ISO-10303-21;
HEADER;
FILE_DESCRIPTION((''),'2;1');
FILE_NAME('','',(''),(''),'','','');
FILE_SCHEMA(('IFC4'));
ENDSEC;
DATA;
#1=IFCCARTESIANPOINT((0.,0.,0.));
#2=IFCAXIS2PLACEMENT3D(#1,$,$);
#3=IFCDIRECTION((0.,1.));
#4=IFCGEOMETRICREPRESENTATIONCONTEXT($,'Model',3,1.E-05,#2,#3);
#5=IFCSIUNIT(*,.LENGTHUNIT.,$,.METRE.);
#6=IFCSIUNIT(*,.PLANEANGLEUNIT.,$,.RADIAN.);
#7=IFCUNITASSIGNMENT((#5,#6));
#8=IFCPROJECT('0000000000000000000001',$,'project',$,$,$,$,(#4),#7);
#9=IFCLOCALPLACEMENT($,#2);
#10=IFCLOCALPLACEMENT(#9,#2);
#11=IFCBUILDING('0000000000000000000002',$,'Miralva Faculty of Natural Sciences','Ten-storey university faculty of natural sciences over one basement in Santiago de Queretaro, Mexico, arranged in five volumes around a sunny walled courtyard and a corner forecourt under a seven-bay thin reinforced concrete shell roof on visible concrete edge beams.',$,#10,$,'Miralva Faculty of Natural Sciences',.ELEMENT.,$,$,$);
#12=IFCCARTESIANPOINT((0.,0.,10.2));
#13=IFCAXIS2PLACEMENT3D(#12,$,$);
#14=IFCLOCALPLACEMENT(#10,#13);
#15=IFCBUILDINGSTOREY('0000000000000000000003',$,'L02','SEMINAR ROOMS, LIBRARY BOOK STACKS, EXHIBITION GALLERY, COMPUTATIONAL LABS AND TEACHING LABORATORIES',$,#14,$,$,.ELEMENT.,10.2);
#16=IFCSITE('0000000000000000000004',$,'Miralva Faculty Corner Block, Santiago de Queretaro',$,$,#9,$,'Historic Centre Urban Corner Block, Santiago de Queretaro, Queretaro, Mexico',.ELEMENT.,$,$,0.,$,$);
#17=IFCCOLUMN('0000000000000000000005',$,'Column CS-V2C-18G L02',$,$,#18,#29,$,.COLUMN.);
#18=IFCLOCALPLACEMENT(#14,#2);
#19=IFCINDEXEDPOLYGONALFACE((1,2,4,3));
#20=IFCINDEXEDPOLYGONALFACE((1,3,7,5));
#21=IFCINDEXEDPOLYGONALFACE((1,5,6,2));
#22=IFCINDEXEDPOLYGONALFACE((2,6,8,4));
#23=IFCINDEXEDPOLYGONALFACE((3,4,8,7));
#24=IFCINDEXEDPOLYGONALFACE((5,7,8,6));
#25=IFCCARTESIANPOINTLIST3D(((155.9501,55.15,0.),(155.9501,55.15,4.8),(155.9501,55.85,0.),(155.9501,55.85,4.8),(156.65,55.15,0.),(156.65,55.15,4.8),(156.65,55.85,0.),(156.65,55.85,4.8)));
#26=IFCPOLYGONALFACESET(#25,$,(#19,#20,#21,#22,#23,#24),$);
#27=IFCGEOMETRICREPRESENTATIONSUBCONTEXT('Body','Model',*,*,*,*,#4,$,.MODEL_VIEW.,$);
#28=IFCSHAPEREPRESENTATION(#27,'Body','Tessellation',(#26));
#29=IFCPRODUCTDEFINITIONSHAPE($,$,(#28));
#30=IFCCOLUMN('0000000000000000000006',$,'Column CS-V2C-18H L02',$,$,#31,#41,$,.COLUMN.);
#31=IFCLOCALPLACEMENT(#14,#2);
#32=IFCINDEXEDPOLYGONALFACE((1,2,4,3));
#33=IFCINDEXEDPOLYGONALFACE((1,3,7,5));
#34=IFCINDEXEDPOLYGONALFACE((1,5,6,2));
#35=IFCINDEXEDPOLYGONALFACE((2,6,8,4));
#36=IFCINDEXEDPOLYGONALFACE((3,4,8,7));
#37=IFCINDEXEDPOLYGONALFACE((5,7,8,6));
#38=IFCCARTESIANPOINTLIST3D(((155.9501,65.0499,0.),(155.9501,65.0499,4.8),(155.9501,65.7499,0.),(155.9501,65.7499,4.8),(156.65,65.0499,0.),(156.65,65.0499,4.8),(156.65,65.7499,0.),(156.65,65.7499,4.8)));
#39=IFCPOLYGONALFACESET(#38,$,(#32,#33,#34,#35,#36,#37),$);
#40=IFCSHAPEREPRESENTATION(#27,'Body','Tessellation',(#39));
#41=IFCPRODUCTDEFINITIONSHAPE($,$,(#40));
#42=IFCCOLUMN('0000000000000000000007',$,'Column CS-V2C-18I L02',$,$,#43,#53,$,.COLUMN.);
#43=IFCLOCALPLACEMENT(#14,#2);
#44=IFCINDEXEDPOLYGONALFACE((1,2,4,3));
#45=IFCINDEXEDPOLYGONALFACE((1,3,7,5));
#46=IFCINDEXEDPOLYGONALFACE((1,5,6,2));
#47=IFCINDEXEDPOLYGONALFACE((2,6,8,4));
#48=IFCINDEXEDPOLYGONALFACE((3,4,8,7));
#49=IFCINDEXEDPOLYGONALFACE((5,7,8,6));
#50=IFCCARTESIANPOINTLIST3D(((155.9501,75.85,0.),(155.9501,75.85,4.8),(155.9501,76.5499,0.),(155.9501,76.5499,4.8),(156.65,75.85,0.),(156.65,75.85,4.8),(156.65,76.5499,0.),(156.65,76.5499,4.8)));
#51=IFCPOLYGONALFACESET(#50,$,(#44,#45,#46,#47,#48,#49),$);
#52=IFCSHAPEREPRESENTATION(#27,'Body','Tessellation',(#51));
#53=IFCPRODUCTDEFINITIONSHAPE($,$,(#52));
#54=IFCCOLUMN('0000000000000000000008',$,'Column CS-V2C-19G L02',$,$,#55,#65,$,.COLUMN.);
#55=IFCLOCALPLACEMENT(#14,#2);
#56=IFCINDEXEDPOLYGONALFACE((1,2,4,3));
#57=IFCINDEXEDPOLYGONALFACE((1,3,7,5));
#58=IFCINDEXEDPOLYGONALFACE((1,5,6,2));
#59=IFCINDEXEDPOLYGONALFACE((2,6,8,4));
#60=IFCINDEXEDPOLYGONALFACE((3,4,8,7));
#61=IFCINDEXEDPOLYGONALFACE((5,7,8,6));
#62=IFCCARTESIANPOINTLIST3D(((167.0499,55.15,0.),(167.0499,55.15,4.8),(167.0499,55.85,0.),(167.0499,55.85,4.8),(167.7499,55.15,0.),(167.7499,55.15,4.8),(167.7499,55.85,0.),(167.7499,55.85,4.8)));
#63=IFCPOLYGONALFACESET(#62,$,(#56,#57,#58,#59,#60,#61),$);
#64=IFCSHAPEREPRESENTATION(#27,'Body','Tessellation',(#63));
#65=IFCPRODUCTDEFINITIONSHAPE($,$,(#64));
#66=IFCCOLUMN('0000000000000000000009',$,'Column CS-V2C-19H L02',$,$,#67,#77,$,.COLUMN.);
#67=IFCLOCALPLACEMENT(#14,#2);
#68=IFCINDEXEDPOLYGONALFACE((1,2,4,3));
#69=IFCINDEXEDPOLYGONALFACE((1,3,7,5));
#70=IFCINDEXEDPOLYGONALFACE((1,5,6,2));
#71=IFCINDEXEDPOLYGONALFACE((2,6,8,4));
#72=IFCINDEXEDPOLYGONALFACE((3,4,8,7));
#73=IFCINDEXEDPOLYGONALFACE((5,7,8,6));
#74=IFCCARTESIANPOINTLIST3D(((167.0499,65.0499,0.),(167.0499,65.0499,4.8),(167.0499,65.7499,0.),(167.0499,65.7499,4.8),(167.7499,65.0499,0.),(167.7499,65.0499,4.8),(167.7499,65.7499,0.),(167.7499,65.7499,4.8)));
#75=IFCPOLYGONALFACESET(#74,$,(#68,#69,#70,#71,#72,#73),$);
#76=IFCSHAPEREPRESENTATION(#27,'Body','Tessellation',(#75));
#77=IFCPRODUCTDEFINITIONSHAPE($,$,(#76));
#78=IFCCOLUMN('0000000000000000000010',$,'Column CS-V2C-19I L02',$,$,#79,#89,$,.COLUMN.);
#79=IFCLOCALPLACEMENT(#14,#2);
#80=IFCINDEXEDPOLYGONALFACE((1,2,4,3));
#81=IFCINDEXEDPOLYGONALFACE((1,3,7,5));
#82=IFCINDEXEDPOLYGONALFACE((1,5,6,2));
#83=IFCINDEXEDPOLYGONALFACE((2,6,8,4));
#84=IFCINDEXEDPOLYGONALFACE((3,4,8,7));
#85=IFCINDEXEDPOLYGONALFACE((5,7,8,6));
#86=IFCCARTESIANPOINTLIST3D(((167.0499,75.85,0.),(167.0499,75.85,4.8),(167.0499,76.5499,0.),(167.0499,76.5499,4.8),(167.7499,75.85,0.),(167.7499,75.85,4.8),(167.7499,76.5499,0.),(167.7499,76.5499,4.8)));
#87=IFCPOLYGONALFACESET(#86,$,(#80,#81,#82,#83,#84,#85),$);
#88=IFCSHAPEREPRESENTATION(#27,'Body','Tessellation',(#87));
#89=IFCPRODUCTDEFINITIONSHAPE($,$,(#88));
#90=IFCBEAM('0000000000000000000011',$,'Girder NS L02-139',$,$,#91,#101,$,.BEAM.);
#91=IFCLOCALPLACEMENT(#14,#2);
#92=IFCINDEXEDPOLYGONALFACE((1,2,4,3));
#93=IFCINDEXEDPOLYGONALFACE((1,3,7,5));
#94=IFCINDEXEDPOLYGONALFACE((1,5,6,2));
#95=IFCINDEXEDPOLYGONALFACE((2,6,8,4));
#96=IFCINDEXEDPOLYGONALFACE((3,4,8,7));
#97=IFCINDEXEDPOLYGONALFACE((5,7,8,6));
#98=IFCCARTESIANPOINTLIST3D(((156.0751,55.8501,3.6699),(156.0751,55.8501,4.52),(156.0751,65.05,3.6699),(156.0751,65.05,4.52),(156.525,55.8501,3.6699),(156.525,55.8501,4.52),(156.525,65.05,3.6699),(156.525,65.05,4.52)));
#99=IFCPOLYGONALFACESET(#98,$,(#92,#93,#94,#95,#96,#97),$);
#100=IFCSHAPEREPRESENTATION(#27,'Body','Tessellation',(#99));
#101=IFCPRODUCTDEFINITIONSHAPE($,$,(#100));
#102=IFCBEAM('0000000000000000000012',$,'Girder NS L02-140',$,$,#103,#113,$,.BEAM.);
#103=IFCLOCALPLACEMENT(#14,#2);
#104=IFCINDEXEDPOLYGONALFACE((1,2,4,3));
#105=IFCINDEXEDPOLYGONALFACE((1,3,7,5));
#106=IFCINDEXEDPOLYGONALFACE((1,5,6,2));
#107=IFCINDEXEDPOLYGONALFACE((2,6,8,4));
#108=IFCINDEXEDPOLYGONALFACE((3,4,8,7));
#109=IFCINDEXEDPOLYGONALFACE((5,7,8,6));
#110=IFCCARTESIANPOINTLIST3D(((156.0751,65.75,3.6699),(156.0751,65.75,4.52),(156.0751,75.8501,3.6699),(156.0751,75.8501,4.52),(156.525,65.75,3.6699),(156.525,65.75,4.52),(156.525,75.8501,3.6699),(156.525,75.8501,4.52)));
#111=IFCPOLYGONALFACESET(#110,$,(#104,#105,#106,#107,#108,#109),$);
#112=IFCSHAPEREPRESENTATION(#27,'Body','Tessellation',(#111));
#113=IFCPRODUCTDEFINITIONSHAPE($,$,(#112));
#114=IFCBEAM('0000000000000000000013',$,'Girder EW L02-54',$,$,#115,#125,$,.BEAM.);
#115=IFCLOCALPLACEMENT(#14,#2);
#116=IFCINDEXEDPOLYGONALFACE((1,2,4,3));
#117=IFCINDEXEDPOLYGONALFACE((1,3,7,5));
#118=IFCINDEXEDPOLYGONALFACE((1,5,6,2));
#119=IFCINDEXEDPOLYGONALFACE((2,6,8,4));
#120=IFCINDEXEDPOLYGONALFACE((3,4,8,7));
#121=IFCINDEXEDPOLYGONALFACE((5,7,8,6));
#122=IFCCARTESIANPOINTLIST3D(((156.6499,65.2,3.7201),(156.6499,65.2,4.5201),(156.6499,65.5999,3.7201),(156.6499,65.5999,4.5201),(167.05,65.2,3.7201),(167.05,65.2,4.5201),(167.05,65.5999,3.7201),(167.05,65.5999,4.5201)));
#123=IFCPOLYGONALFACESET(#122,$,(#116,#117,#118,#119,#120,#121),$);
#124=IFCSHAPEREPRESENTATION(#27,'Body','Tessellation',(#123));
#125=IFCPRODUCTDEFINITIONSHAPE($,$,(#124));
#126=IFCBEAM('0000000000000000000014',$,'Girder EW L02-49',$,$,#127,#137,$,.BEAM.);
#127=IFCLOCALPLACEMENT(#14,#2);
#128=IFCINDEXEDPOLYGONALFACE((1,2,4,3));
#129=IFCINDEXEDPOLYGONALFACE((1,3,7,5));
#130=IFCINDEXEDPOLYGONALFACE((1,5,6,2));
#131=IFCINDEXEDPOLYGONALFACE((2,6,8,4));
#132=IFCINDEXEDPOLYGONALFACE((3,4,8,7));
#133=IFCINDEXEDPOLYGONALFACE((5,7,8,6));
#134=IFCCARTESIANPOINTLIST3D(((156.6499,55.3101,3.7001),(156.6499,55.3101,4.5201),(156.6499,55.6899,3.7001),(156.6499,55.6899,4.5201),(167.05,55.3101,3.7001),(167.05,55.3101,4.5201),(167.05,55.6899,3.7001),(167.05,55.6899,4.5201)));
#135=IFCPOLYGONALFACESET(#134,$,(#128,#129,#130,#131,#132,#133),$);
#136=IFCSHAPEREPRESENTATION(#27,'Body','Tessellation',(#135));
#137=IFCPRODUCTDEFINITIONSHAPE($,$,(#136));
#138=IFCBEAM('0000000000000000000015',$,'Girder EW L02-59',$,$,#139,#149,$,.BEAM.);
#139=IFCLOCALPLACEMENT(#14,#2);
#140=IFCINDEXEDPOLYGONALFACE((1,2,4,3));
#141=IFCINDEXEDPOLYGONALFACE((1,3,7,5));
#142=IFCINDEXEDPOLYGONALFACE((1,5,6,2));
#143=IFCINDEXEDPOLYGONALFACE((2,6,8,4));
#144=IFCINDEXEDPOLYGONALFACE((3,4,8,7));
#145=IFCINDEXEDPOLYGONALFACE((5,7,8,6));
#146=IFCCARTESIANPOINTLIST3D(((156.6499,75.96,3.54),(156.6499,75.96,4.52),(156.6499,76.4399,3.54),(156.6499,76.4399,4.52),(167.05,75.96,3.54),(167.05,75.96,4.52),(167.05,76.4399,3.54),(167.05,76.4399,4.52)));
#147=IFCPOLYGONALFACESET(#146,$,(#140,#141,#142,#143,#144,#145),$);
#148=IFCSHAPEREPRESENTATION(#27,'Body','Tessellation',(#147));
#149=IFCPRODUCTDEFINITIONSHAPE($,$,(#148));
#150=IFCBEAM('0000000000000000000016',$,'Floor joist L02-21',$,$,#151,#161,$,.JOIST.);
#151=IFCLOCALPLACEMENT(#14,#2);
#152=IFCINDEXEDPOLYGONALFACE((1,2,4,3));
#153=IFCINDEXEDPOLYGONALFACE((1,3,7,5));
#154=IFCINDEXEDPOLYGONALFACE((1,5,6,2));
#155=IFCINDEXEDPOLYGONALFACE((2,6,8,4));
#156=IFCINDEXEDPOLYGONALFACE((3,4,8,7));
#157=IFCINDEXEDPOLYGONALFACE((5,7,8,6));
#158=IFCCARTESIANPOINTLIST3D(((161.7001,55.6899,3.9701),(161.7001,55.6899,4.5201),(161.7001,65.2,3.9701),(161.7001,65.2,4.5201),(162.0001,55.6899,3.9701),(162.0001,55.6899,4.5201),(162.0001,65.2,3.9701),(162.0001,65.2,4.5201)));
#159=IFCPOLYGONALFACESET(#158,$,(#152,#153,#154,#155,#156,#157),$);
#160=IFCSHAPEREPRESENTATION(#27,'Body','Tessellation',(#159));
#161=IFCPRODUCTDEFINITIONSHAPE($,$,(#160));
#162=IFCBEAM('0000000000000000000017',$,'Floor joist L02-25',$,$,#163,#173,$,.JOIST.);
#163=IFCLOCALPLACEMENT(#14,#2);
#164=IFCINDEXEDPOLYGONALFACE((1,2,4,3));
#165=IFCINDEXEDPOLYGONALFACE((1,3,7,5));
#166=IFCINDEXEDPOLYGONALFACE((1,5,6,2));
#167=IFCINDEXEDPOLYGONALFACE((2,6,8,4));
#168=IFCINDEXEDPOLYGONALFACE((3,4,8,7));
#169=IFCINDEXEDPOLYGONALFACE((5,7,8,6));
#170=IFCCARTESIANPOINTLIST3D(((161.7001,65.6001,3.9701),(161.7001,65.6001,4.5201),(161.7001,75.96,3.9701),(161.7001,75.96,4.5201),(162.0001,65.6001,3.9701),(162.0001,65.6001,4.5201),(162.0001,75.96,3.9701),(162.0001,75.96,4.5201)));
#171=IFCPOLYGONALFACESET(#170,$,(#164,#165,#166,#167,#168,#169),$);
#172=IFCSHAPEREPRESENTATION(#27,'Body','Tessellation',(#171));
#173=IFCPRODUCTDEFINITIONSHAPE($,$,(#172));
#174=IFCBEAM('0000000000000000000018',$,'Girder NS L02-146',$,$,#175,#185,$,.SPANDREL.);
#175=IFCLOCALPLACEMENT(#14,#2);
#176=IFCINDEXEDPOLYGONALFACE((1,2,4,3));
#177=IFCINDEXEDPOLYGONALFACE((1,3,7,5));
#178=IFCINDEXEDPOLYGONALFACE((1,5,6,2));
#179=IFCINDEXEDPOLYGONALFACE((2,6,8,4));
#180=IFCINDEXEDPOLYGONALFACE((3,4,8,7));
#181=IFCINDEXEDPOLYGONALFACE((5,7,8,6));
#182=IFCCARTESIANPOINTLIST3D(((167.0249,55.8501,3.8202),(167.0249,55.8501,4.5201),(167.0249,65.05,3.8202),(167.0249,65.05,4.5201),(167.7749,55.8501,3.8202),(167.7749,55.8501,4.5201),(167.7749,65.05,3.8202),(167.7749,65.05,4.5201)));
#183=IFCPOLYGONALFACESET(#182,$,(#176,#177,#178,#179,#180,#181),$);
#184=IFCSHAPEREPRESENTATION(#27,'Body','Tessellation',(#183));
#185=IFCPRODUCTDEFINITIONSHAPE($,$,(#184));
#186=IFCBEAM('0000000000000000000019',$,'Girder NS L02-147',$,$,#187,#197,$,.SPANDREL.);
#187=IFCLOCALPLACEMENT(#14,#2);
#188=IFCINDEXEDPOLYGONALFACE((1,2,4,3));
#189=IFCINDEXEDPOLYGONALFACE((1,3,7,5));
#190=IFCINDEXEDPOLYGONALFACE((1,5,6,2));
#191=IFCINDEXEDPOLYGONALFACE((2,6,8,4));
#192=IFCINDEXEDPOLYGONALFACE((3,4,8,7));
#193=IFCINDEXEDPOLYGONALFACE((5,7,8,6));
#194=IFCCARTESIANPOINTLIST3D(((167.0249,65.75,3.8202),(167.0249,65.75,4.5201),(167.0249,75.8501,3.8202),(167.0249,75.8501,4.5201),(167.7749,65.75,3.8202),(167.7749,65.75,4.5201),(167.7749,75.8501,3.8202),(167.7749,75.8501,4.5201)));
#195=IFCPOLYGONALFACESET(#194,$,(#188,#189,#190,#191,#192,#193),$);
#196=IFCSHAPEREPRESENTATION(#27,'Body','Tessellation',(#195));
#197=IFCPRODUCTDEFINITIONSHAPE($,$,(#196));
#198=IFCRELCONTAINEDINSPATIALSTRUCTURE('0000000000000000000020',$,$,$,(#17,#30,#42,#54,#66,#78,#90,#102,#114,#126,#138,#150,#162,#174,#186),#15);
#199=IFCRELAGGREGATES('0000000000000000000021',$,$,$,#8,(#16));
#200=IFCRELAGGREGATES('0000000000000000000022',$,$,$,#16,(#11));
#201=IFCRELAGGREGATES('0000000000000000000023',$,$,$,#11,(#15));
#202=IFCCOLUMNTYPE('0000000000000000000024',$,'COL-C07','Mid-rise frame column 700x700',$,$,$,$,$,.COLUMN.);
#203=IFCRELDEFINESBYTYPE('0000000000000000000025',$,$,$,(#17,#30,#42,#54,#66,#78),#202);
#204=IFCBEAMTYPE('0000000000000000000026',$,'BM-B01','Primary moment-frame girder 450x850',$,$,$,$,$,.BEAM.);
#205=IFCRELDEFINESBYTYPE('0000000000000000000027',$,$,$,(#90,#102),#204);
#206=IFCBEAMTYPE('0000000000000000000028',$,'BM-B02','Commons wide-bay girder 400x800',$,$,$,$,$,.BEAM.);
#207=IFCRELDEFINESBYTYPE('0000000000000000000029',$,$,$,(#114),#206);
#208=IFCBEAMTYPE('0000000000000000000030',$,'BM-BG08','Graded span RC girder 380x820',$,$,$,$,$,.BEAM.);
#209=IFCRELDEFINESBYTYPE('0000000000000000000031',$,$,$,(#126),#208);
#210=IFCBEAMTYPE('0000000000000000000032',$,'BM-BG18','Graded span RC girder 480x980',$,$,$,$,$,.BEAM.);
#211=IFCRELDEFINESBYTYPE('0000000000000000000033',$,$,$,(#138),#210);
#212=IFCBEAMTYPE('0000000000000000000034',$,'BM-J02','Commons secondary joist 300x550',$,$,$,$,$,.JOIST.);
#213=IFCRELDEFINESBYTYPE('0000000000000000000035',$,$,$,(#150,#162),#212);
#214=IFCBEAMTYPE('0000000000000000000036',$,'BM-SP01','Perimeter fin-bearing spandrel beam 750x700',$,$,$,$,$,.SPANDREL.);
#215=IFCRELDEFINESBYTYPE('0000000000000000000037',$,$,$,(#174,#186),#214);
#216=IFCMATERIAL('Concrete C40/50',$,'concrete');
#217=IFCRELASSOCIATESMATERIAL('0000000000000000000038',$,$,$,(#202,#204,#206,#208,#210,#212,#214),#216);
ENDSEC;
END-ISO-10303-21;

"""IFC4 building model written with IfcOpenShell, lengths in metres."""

from ifc_helpers import new_model, si_unit, direction, frame, origin, origin_2d, place, context, subcontext, project, spatial, rectangle, extrude, material, material_profile, profile_set, type_object, element, save


model = new_model("IFC4")

# Units and contexts
model_context = context("Model", 3, precision=1e-05, world=origin(), true_north=direction((0.0, 1.0)))
body_context = subcontext(model_context, "Body", "Model", "MODEL_VIEW")
ifc_project = project(units=[si_unit("LENGTHUNIT", "METRE"), si_unit("PLANEANGLEUNIT", "RADIAN")], contexts=[model_context])

# Site, building, storey
site_placement = place(None, origin())
site = spatial("IfcSite", under=ifc_project, at=site_placement, Name="Miralva Faculty Corner Block, Santiago de Queretaro", LongName="Historic Centre Urban Corner Block, Santiago de Queretaro, Queretaro, Mexico", CompositionType="ELEMENT", RefElevation=0.0)
building_placement = place(site_placement, origin())
building = spatial("IfcBuilding", under=site, at=building_placement, Name="Miralva Faculty of Natural Sciences", Description="Ten-storey university faculty of natural sciences over one basement in Santiago de Queretaro, Mexico, arranged in five volumes around a sunny walled courtyard and a corner forecourt under a seven-bay thin reinforced concrete shell roof on visible concrete edge beams.", LongName="Miralva Faculty of Natural Sciences", CompositionType="ELEMENT")
storey_placement = place(building_placement, frame((0.0, 0.0, 10.2)))
storey = spatial("IfcBuildingStorey", under=building, at=storey_placement, Name="L02", Description="SEMINAR ROOMS, LIBRARY BOOK STACKS, EXHIBITION GALLERY, COMPUTATIONAL LABS AND TEACHING LABORATORIES", CompositionType="ELEMENT", Elevation=10.2)

# Columns
ifc_material_1 = material(Name="Concrete C40/50", Category="concrete")
ifc_material_profile_1 = material_profile(ifc_material_1, rectangle(XDim=0.7, YDim=0.7, at=origin_2d()), Name="RC 700x700")
ifc_profile_set_1 = profile_set([ifc_material_profile_1], Name="Concrete C40/50")
column_type = type_object("IfcColumnType", Name="COL-C07", Description="Mid-rise frame column 700x700", PredefinedType="COLUMN", material=ifc_profile_set_1)
for number, where, z_axis, x_axis, name in (
    (1, (156.3, 55.5, 0.0), (0.0, 0.0, 1.0), (1.0, 0.0, 0.0), "Column CS-V2C-18G L02"),
    (2, (156.3, 65.3999, 0.0), (0.0, 0.0, 1.0), (1.0, 0.0, 0.0), "Column CS-V2C-18H L02"),
    (3, (156.3, 76.2, 0.0), (0.0, 0.0, 1.0), (1.0, 0.0, 0.0), "Column CS-V2C-18I L02"),
    (4, (167.3999, 55.5, 0.0), (0.0, 0.0, 1.0), (1.0, 0.0, 0.0), "Column CS-V2C-19G L02"),
    (5, (167.3999, 65.3999, 0.0), (0.0, 0.0, 1.0), (1.0, 0.0, 0.0), "Column CS-V2C-19H L02"),
    (6, (167.3999, 76.2, 0.0), (0.0, 0.0, 1.0), (1.0, 0.0, 0.0), "Column CS-V2C-19I L02"),
):
    element("IfcColumn", number, at=place(storey_placement, frame(where, z_axis=z_axis, x_axis=x_axis)), inside=storey, type_object=column_type, Name=name, PredefinedType="COLUMN", context=body_context, shape_type="SweptSolid", body=[
        extrude(rectangle(XDim=0.7, YDim=0.7, at=origin_2d()), origin(), (0.0, 0.0, 1.0), 4.8),
    ])

# Beams
ifc_material_profile_2 = material_profile(ifc_material_1, rectangle(XDim=0.45, YDim=0.8501, at=origin_2d()), Name="RC 450x850")
ifc_profile_set_2 = profile_set([ifc_material_profile_2], Name="Concrete C40/50")
beam_type_1 = type_object("IfcBeamType", Name="BM-B01", Description="Primary moment-frame girder 450x850", PredefinedType="BEAM", material=ifc_profile_set_2)
beam_1_placement = place(storey_placement, frame((156.3, 55.8501, 4.095), z_axis=(0.0, 1.0, 0.0), x_axis=(-1.0, 0.0, 0.0)))
element("IfcBeam", 7, at=beam_1_placement, inside=storey, type_object=beam_type_1, Name="Girder NS L02-139", PredefinedType="BEAM", context=body_context, shape_type="SweptSolid", body=[
    extrude(rectangle(XDim=0.45, YDim=0.8501, at=origin_2d()), origin(), (0.0, 0.0, 1.0), 9.2),
])
beam_2_placement = place(storey_placement, frame((156.3, 65.75, 4.095), z_axis=(0.0, 1.0, 0.0), x_axis=(-1.0, 0.0, 0.0)))
element("IfcBeam", 8, at=beam_2_placement, inside=storey, type_object=beam_type_1, Name="Girder NS L02-140", PredefinedType="BEAM", context=body_context, shape_type="SweptSolid", body=[
    extrude(rectangle(XDim=0.45, YDim=0.8501, at=origin_2d()), origin(), (0.0, 0.0, 1.0), 10.1001),
])
ifc_material_profile_3 = material_profile(ifc_material_1, rectangle(XDim=0.3999, YDim=0.8, at=origin_2d()), Name="RC 400x800")
ifc_profile_set_3 = profile_set([ifc_material_profile_3], Name="Concrete C40/50")
beam_type_2 = type_object("IfcBeamType", Name="BM-B02", Description="Commons wide-bay girder 400x800", PredefinedType="BEAM", material=ifc_profile_set_3)
beam_3_placement = place(storey_placement, frame((156.6499, 65.3999, 4.1201), z_axis=(1.0, 0.0, 0.0), x_axis=(0.0, 1.0, 0.0)))
element("IfcBeam", 9, at=beam_3_placement, inside=storey, type_object=beam_type_2, Name="Girder EW L02-54", PredefinedType="BEAM", context=body_context, shape_type="SweptSolid", body=[
    extrude(rectangle(XDim=0.3999, YDim=0.8, at=origin_2d()), origin(), (0.0, 0.0, 1.0), 10.4001),
])
ifc_material_profile_4 = material_profile(ifc_material_1, rectangle(XDim=0.3799, YDim=0.8201, at=origin_2d()), Name="RC 380x820")
ifc_profile_set_4 = profile_set([ifc_material_profile_4], Name="Concrete C40/50")
beam_type_3 = type_object("IfcBeamType", Name="BM-BG08", Description="Graded span RC girder 380x820", PredefinedType="BEAM", material=ifc_profile_set_4)
beam_4_placement = place(storey_placement, frame((156.6499, 55.5, 4.1101), z_axis=(1.0, 0.0, 0.0), x_axis=(0.0, 1.0, 0.0)))
element("IfcBeam", 10, at=beam_4_placement, inside=storey, type_object=beam_type_3, Name="Girder EW L02-49", PredefinedType="BEAM", context=body_context, shape_type="SweptSolid", body=[
    extrude(rectangle(XDim=0.3799, YDim=0.8201, at=origin_2d()), origin(), (0.0, 0.0, 1.0), 10.4001),
])
ifc_material_profile_5 = material_profile(ifc_material_1, rectangle(XDim=0.48, YDim=0.98, at=origin_2d()), Name="RC 480x980")
ifc_profile_set_5 = profile_set([ifc_material_profile_5], Name="Concrete C40/50")
beam_type_4 = type_object("IfcBeamType", Name="BM-BG18", Description="Graded span RC girder 480x980", PredefinedType="BEAM", material=ifc_profile_set_5)
beam_5_placement = place(storey_placement, frame((156.6499, 76.2, 4.03), z_axis=(1.0, 0.0, 0.0), x_axis=(0.0, 1.0, 0.0)))
element("IfcBeam", 11, at=beam_5_placement, inside=storey, type_object=beam_type_4, Name="Girder EW L02-59", PredefinedType="BEAM", context=body_context, shape_type="SweptSolid", body=[
    extrude(rectangle(XDim=0.48, YDim=0.98, at=origin_2d()), origin(), (0.0, 0.0, 1.0), 10.4001),
])
ifc_material_profile_6 = material_profile(ifc_material_1, rectangle(XDim=0.3, YDim=0.55, at=origin_2d()), Name="RC 300x550")
ifc_profile_set_6 = profile_set([ifc_material_profile_6], Name="Concrete C40/50")
beam_type_5 = type_object("IfcBeamType", Name="BM-J02", Description="Commons secondary joist 300x550", PredefinedType="JOIST", material=ifc_profile_set_6)
beam_6_placement = place(storey_placement, frame((161.8501, 55.6899, 4.2451), z_axis=(0.0, 1.0, 0.0), x_axis=(-1.0, 0.0, 0.0)))
element("IfcBeam", 12, at=beam_6_placement, inside=storey, type_object=beam_type_5, Name="Floor joist L02-21", PredefinedType="JOIST", context=body_context, shape_type="SweptSolid", body=[
    extrude(rectangle(XDim=0.3, YDim=0.55, at=origin_2d()), origin(), (0.0, 0.0, 1.0), 9.51),
])
beam_7_placement = place(storey_placement, frame((161.8501, 65.6001, 4.2451), z_axis=(0.0, 1.0, 0.0), x_axis=(-1.0, 0.0, 0.0)))
element("IfcBeam", 13, at=beam_7_placement, inside=storey, type_object=beam_type_5, Name="Floor joist L02-25", PredefinedType="JOIST", context=body_context, shape_type="SweptSolid", body=[
    extrude(rectangle(XDim=0.3, YDim=0.55, at=origin_2d()), origin(), (0.0, 0.0, 1.0), 10.3599),
])
ifc_material_profile_7 = material_profile(ifc_material_1, rectangle(XDim=0.75, YDim=0.7, at=origin_2d()), Name="RC 750x700")
ifc_profile_set_7 = profile_set([ifc_material_profile_7], Name="Concrete C40/50")
beam_type_6 = type_object("IfcBeamType", Name="BM-SP01", Description="Perimeter fin-bearing spandrel beam 750x700", PredefinedType="SPANDREL", material=ifc_profile_set_7)
beam_8_placement = place(storey_placement, frame((167.3999, 55.8501, 4.1702), z_axis=(0.0, 1.0, 0.0), x_axis=(-1.0, 0.0, 0.0)))
element("IfcBeam", 14, at=beam_8_placement, inside=storey, type_object=beam_type_6, Name="Girder NS L02-146", PredefinedType="SPANDREL", context=body_context, shape_type="SweptSolid", body=[
    extrude(rectangle(XDim=0.75, YDim=0.7, at=origin_2d()), origin(), (0.0, 0.0, 1.0), 9.2),
])
beam_9_placement = place(storey_placement, frame((167.3999, 65.75, 4.1702), z_axis=(0.0, 1.0, 0.0), x_axis=(-1.0, 0.0, 0.0)))
element("IfcBeam", 15, at=beam_9_placement, inside=storey, type_object=beam_type_6, Name="Girder NS L02-147", PredefinedType="SPANDREL", context=body_context, shape_type="SweptSolid", body=[
    extrude(rectangle(XDim=0.75, YDim=0.7, at=origin_2d()), origin(), (0.0, 0.0, 1.0), 10.1001),
])

save(model, "model.ifc")
